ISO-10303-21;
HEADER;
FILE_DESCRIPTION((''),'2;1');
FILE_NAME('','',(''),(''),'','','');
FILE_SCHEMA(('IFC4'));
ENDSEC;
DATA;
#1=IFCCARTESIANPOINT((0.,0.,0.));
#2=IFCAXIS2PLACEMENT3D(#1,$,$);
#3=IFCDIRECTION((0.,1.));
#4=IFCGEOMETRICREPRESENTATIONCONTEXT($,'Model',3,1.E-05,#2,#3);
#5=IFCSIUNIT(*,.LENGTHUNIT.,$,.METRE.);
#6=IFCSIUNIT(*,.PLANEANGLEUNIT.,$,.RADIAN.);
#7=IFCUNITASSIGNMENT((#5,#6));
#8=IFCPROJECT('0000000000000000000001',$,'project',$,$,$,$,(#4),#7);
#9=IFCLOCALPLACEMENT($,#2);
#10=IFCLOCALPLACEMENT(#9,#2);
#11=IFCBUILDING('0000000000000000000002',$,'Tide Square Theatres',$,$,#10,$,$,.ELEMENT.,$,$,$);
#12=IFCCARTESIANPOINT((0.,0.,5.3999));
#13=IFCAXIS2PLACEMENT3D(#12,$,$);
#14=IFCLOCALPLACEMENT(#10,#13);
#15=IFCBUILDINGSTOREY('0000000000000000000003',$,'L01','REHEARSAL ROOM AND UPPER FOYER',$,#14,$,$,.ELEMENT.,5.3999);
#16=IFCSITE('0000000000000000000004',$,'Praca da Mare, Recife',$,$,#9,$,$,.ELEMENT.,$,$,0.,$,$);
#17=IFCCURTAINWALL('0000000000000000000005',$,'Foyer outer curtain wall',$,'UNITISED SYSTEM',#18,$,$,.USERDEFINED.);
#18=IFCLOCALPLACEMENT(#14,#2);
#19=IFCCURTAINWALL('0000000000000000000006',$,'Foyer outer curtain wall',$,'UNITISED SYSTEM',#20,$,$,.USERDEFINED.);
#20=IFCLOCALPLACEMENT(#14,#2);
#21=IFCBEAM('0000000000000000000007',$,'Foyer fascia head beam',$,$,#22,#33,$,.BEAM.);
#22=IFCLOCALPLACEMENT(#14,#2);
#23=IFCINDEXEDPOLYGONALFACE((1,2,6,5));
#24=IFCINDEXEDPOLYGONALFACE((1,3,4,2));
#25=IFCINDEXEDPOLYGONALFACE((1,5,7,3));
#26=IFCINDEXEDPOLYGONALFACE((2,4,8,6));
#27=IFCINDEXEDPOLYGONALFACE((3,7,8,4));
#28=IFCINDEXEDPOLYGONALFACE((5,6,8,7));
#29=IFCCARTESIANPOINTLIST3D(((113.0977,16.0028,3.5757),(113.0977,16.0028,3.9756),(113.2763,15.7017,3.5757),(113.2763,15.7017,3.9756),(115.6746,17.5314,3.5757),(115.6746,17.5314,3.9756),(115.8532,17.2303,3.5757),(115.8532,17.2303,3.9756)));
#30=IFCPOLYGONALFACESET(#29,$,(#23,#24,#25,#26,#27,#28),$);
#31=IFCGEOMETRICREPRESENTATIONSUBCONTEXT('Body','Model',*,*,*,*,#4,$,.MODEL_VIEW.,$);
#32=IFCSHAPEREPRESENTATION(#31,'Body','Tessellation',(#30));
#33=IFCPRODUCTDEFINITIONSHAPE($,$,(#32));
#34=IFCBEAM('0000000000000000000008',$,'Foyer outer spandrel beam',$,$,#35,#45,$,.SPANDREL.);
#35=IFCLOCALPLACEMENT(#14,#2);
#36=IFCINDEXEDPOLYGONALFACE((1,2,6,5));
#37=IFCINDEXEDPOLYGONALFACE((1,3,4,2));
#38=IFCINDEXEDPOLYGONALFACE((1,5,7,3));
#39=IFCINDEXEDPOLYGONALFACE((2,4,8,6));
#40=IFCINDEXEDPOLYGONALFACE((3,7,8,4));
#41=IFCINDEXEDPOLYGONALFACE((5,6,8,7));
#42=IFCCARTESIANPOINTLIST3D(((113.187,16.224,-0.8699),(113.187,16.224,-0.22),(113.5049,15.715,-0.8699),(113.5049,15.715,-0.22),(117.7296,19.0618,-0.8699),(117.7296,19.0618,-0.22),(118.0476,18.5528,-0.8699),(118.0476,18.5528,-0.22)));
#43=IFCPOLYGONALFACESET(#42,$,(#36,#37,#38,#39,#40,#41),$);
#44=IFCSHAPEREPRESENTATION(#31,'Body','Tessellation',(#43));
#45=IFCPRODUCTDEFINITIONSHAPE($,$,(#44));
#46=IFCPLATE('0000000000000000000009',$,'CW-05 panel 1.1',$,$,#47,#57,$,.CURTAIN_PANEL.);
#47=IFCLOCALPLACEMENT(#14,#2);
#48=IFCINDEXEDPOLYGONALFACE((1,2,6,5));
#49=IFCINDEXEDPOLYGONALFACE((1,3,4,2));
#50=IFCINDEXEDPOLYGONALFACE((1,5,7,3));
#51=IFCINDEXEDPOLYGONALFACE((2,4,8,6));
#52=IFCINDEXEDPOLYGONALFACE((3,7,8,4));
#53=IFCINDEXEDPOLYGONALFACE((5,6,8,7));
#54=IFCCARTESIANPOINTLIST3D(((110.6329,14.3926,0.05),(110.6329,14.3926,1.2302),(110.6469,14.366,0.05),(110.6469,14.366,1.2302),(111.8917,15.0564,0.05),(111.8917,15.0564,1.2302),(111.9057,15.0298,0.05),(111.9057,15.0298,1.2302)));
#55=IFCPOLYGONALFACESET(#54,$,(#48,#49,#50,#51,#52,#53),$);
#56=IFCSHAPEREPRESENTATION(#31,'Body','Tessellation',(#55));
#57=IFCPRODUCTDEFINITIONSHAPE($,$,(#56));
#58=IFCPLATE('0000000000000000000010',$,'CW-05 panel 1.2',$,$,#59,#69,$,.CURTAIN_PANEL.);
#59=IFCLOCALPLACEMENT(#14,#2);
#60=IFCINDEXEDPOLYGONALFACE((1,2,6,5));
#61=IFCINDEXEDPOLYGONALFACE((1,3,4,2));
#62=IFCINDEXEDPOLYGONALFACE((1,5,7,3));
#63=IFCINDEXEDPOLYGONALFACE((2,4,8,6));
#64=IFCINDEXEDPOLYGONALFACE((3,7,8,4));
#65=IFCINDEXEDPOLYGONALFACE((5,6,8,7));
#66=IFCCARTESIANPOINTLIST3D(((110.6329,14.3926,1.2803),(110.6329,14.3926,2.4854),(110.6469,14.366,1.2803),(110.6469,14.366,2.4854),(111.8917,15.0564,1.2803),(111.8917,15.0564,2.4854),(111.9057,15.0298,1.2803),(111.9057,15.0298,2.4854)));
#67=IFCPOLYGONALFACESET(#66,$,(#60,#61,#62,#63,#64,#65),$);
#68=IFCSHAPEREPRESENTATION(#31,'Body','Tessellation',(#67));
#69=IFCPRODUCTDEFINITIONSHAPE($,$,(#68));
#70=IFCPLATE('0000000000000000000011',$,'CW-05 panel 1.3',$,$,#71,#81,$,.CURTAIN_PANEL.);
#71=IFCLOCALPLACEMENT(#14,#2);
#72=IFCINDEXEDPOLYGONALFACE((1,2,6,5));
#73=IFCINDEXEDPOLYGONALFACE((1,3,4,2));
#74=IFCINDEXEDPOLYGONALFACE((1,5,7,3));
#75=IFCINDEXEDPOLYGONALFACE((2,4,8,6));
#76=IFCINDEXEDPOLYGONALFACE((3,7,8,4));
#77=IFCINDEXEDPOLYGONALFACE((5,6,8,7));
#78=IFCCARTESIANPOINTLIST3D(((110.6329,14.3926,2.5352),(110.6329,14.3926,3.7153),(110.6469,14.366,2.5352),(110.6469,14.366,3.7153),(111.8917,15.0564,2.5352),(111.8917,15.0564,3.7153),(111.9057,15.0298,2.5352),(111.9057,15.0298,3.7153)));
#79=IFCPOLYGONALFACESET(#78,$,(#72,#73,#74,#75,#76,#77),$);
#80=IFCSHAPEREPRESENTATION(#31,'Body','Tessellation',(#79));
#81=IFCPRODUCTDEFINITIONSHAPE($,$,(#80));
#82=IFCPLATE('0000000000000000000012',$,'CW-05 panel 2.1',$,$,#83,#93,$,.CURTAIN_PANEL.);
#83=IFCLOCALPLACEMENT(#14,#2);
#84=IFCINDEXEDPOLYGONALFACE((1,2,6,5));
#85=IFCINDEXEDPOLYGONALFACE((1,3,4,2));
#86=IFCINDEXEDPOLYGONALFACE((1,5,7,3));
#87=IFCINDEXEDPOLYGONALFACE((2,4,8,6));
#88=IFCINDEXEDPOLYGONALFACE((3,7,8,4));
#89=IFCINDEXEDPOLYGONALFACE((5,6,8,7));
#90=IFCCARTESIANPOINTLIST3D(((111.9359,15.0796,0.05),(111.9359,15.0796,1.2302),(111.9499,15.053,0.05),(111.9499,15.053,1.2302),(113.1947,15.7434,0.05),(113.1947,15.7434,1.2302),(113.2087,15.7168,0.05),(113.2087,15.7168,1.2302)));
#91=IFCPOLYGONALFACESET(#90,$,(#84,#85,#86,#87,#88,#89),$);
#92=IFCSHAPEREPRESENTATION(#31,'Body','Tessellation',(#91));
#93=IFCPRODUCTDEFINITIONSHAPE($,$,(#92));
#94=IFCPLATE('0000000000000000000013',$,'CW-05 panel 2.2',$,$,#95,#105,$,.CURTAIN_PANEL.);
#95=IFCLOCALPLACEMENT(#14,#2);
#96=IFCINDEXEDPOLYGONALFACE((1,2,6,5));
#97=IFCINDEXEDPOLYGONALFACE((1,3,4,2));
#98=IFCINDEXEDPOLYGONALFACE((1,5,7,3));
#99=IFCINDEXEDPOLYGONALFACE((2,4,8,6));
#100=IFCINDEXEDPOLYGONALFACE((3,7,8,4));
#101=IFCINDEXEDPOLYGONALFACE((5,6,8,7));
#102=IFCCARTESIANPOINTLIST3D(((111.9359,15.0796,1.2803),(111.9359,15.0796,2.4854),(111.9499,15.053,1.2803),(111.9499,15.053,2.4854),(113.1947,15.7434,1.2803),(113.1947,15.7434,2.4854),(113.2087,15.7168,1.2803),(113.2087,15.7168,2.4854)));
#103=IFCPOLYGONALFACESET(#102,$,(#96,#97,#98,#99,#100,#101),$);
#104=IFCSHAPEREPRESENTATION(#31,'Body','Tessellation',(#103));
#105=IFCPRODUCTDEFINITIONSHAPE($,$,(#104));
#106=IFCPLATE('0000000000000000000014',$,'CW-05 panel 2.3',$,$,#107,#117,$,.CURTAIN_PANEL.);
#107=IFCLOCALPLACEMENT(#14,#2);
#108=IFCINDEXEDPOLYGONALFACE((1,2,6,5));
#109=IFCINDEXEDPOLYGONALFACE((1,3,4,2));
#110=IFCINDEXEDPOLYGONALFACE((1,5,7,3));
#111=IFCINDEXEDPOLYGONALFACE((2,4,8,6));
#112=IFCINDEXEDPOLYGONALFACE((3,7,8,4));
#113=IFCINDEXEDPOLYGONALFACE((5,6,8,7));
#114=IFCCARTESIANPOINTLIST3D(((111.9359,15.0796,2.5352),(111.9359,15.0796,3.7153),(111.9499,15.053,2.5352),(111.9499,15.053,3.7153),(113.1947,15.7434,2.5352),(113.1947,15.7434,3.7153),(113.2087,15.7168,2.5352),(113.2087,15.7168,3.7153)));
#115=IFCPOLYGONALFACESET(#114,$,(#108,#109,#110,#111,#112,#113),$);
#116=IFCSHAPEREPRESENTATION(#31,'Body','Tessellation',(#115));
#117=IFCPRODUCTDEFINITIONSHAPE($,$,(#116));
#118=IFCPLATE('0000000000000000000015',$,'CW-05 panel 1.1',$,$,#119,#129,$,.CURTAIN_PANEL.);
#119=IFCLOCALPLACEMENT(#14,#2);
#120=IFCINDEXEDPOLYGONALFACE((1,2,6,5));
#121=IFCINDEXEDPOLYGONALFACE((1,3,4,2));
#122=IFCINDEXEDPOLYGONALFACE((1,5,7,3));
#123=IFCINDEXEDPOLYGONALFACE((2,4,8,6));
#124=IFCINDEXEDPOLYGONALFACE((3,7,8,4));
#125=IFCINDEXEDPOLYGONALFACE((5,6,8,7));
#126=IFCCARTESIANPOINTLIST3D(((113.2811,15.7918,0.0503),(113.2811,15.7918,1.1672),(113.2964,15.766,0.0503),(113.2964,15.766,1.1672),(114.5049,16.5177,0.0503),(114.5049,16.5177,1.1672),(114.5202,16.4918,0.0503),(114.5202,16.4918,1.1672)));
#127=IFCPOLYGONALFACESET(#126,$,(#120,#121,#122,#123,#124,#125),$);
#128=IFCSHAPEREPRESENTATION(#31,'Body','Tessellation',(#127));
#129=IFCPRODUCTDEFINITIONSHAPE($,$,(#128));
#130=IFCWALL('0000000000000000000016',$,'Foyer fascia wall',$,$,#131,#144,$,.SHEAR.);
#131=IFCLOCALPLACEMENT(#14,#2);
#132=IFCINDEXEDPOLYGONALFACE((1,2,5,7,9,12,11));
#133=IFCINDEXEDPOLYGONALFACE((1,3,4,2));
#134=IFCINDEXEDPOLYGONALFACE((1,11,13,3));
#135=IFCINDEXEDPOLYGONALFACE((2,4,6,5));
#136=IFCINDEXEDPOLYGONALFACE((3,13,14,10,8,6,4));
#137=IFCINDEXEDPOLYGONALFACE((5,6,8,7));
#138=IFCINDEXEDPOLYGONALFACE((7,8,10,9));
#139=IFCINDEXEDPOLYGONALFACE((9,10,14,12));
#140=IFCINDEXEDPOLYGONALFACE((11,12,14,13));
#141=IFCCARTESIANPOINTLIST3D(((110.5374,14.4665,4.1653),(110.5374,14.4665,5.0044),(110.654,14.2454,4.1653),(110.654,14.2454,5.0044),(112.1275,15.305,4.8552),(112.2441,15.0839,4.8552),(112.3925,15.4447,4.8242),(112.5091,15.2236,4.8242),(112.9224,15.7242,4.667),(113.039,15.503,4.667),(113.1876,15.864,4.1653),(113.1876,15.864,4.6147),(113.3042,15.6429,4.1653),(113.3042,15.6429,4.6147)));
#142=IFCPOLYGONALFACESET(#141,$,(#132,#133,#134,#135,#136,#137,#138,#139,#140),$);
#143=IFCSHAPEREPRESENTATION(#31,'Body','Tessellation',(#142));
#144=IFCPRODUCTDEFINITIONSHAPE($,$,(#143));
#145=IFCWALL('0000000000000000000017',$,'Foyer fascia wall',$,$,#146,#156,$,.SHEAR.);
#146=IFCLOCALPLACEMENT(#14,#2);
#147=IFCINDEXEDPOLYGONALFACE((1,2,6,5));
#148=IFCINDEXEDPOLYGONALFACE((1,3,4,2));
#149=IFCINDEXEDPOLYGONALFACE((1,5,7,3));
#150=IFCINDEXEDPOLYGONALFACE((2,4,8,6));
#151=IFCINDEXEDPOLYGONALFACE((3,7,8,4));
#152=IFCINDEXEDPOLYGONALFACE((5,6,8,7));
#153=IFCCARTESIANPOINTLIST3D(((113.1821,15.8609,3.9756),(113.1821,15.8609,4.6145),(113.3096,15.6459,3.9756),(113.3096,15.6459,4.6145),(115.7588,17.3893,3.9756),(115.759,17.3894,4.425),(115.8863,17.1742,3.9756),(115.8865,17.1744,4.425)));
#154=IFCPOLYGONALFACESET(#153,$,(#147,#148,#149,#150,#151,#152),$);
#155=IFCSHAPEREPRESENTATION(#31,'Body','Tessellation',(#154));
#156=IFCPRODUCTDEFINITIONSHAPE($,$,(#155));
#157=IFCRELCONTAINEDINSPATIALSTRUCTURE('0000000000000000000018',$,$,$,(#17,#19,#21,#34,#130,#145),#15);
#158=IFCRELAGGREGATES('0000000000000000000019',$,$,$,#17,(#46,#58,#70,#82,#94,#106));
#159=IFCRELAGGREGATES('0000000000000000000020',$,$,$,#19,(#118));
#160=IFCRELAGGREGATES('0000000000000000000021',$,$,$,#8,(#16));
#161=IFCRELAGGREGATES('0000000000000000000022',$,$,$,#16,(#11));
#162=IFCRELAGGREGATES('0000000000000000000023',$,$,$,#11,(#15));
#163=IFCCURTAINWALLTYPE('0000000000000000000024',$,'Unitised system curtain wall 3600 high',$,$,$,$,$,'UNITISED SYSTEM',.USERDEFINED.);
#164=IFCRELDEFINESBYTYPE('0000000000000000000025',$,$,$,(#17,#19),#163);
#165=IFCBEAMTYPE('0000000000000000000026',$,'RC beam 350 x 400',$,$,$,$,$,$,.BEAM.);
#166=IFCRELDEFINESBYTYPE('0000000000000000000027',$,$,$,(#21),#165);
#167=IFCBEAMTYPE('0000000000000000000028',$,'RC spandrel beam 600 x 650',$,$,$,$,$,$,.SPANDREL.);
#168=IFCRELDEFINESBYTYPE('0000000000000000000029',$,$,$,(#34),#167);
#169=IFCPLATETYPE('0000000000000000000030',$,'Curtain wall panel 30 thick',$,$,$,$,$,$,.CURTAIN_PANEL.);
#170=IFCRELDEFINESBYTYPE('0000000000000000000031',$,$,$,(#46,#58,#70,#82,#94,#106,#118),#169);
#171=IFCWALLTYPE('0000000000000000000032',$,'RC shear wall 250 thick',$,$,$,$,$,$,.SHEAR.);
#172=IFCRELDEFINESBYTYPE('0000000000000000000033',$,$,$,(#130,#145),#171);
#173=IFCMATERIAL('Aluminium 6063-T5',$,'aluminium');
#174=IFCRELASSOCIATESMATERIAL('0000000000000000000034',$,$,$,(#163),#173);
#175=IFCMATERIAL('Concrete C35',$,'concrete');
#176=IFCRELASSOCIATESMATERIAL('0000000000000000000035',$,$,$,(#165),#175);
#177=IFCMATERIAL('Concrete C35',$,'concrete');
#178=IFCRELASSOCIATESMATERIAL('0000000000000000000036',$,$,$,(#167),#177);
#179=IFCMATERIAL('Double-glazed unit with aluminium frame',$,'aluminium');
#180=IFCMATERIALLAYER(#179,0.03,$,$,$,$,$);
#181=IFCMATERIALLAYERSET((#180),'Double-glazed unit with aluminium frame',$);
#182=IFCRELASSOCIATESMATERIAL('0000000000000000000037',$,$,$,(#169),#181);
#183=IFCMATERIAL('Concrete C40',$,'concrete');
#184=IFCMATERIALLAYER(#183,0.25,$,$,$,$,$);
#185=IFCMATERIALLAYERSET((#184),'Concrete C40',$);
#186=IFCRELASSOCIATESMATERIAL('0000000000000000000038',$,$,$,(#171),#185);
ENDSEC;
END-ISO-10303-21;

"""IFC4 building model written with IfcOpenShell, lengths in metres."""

from ifc_helpers import new_model, si_unit, direction, frame, origin, origin_2d, place, context, subcontext, project, spatial, polyline, rectangle, outline, extrude, material, layer, layer_set, material_profile, profile_set, type_object, element, aggregate, save


model = new_model("IFC4")

# Units and contexts
model_context = context("Model", 3, precision=1e-05, world=origin(), true_north=direction((0.0, 1.0)))
body_context = subcontext(model_context, "Body", "Model", "MODEL_VIEW")
ifc_project = project(units=[si_unit("LENGTHUNIT", "METRE"), si_unit("PLANEANGLEUNIT", "RADIAN")], contexts=[model_context])

# Site, building, storey
site_placement = place(None, origin())
site = spatial("IfcSite", under=ifc_project, at=site_placement, Name="Praca da Mare, Recife", CompositionType="ELEMENT", RefElevation=0.0)
building_placement = place(site_placement, origin())
building = spatial("IfcBuilding", under=site, at=building_placement, Name="Tide Square Theatres", CompositionType="ELEMENT")
storey_placement = place(building_placement, frame((0.0, 0.0, 5.3999)))
storey = spatial("IfcBuildingStorey", under=building, at=storey_placement, Name="L01", Description="REHEARSAL ROOM AND UPPER FOYER", CompositionType="ELEMENT", Elevation=5.3999)

# Curtain wall
ifc_material_1 = material(Name="Aluminium 6063-T5", Category="aluminium")
curtain_wall_type = type_object("IfcCurtainWallType", Name="Unitised system curtain wall 3600 high", ElementType="UNITISED SYSTEM", PredefinedType="USERDEFINED", material=ifc_material_1)
curtain_wall_1_placement = place(storey_placement, origin())
curtain_wall_1 = element("IfcCurtainWall", 1, at=curtain_wall_1_placement, inside=storey, type_object=curtain_wall_type, Name="Foyer outer curtain wall", ObjectType="UNITISED SYSTEM", PredefinedType="USERDEFINED")

# Curtain wall
curtain_wall_2_placement = place(storey_placement, origin())
curtain_wall_2 = element("IfcCurtainWall", 2, at=curtain_wall_2_placement, inside=storey, type_object=curtain_wall_type, Name="Foyer outer curtain wall", ObjectType="UNITISED SYSTEM", PredefinedType="USERDEFINED")

# Beams
ifc_material_2 = material(Name="Concrete C35", Category="concrete")
ifc_material_profile_1 = material_profile(ifc_material_2, rectangle(XDim=0.3501, YDim=0.3999, at=origin_2d()))
ifc_profile_set_1 = profile_set([ifc_material_profile_1], Name="Concrete C35")
beam_type_1 = type_object("IfcBeamType", Name="RC beam 350 x 400", PredefinedType="BEAM", material=ifc_profile_set_1)
beam_1_placement = place(storey_placement, frame((113.187, 15.8523, 3.7756), z_axis=(0.86007, 0.510175, 0.0), x_axis=(-0.510175, 0.86007, 0.0)))
element("IfcBeam", 3, at=beam_1_placement, inside=storey, type_object=beam_type_1, Name="Foyer fascia head beam", PredefinedType="BEAM", context=body_context, shape_type="SweptSolid", body=[
    extrude(rectangle(XDim=0.3501, YDim=0.3999, at=origin_2d()), origin(), (0.0, 0.0, 1.0), 2.9961),
])
ifc_material_3 = material(Name="Concrete C35", Category="concrete")
ifc_material_profile_2 = material_profile(ifc_material_3, rectangle(XDim=0.6001, YDim=0.6499, at=origin_2d()))
ifc_profile_set_2 = profile_set([ifc_material_profile_2], Name="Concrete C35")
beam_type_2 = type_object("IfcBeamType", Name="RC spandrel beam 600 x 650", PredefinedType="SPANDREL", material=ifc_profile_set_2)
beam_2_placement = place(storey_placement, frame((113.3459, 15.9695, -0.5449), z_axis=(0.848108, 0.529823, 0.0), x_axis=(-0.529823, 0.848108, 0.0)))
element("IfcBeam", 4, at=beam_2_placement, inside=storey, type_object=beam_type_2, Name="Foyer outer spandrel beam", PredefinedType="SPANDREL", context=body_context, shape_type="SweptSolid", body=[
    extrude(rectangle(XDim=0.6001, YDim=0.6499, at=origin_2d()), origin(), (0.0, 0.0, 1.0), 5.3562),
])

# Plates
ifc_material_4 = material(Name="Double-glazed unit with aluminium frame", Category="aluminium")
ifc_layer_1 = layer(ifc_material_4, 0.03)
ifc_layer_set_1 = layer_set([ifc_layer_1], Name="Double-glazed unit with aluminium frame")
plate_type = type_object("IfcPlateType", Name="Curtain wall panel 30 thick", PredefinedType="CURTAIN_PANEL", material=ifc_layer_set_1)
plate_1_placement = place(storey_placement, frame((111.2693, 14.7112, 0.05), z_axis=(0.0, 0.0, 1.0), x_axis=(0.884545, 0.466455, 0.0)))
plate_1 = element("IfcPlate", 5, at=plate_1_placement, type_object=plate_type, Name="CW-05 panel 1.1", PredefinedType="CURTAIN_PANEL", context=body_context, shape_type="SweptSolid", body=[
    extrude(rectangle(XDim=1.4231, YDim=0.03, at=origin_2d()), origin(), (0.0, 0.0, 1.0), 1.1802),
])
plate_2_placement = place(storey_placement, frame((111.2693, 14.7112, 1.2803), z_axis=(0.0, 0.0, 1.0), x_axis=(0.884545, 0.466455, 0.0)))
plate_2 = element("IfcPlate", 6, at=plate_2_placement, type_object=plate_type, Name="CW-05 panel 1.2", PredefinedType="CURTAIN_PANEL", context=body_context, shape_type="SweptSolid", body=[
    extrude(rectangle(XDim=1.4231, YDim=0.03, at=origin_2d()), origin(), (0.0, 0.0, 1.0), 1.2051),
])
plate_3_placement = place(storey_placement, frame((111.2693, 14.7112, 2.5352), z_axis=(0.0, 0.0, 1.0), x_axis=(0.884545, 0.466455, 0.0)))
plate_3 = element("IfcPlate", 7, at=plate_3_placement, type_object=plate_type, Name="CW-05 panel 1.3", PredefinedType="CURTAIN_PANEL", context=body_context, shape_type="SweptSolid", body=[
    extrude(rectangle(XDim=1.4231, YDim=0.03, at=origin_2d()), origin(), (0.0, 0.0, 1.0), 1.1802),
])
plate_4_placement = place(storey_placement, frame((112.5723, 15.3982, 0.05), z_axis=(0.0, 0.0, 1.0), x_axis=(0.884545, 0.466455, 0.0)))
plate_4 = element("IfcPlate", 8, at=plate_4_placement, type_object=plate_type, Name="CW-05 panel 2.1", PredefinedType="CURTAIN_PANEL", context=body_context, shape_type="SweptSolid", body=[
    extrude(rectangle(XDim=1.4231, YDim=0.03, at=origin_2d()), origin(), (0.0, 0.0, 1.0), 1.1802),
])
plate_5_placement = place(storey_placement, frame((112.5723, 15.3982, 1.2803), z_axis=(0.0, 0.0, 1.0), x_axis=(0.884545, 0.466455, 0.0)))
plate_5 = element("IfcPlate", 9, at=plate_5_placement, type_object=plate_type, Name="CW-05 panel 2.2", PredefinedType="CURTAIN_PANEL", context=body_context, shape_type="SweptSolid", body=[
    extrude(rectangle(XDim=1.4231, YDim=0.03, at=origin_2d()), origin(), (0.0, 0.0, 1.0), 1.2051),
])
plate_6_placement = place(storey_placement, frame((112.5723, 15.3982, 2.5352), z_axis=(0.0, 0.0, 1.0), x_axis=(0.884545, 0.466455, 0.0)))
plate_6 = element("IfcPlate", 10, at=plate_6_placement, type_object=plate_type, Name="CW-05 panel 2.3", PredefinedType="CURTAIN_PANEL", context=body_context, shape_type="SweptSolid", body=[
    extrude(rectangle(XDim=1.4231, YDim=0.03, at=origin_2d()), origin(), (0.0, 0.0, 1.0), 1.1802),
])
aggregate(curtain_wall_1, [plate_1, plate_2, plate_3, plate_4, plate_5, plate_6])
plate_7_placement = place(storey_placement, frame((113.9006, 16.1418, 0.0503), z_axis=(0.0, 0.0, 1.0), x_axis=(0.8601, 0.510125, 0.0)))
plate_7 = element("IfcPlate", 11, at=plate_7_placement, type_object=plate_type, Name="CW-05 panel 1.1", PredefinedType="CURTAIN_PANEL", context=body_context, shape_type="SweptSolid", body=[
    extrude(rectangle(XDim=1.4229, YDim=0.03, at=origin_2d()), origin(), (0.0, 0.0, 1.0), 1.1169),
])
aggregate(curtain_wall_2, [plate_7])

# Walls
ifc_material_5 = material(Name="Concrete C40", Category="concrete")
ifc_layer_2 = layer(ifc_material_5, 0.25)
ifc_layer_set_2 = layer_set([ifc_layer_2], Name="Concrete C40")
wall_type = type_object("IfcWallType", Name="RC shear wall 250 thick", PredefinedType="SHEAR", material=ifc_layer_set_2)
wall_1_placement = place(storey_placement, frame((110.5957, 14.356, 4.1653), z_axis=(0.0, 0.0, 1.0), x_axis=(0.884554, 0.466438, 0.0)))
element("IfcWall", 12, at=wall_1_placement, inside=storey, type_object=wall_type, Name="Foyer fascia wall", PredefinedType="SHEAR", context=body_context, shape_type="SweptSolid", body=[
    extrude(outline(polyline([(0.0, 0.0), (2.9961, 0.0), (2.9961, 0.4495), (2.6963, 0.5017), (2.0972, 0.6589), (1.7976, 0.6899), (0.0, 0.8391), (0.0, 0.0)])), frame((0.0, 0.125, 0.0), z_axis=(0.0, -1.0, 0.0), x_axis=(1.0, 0.0, 0.0)), (0.0, 0.0, 1.0), 0.25),
])
wall_2_placement = place(storey_placement, frame((113.2458, 15.7534, 3.9756), z_axis=(0.0, 0.0, 1.0), x_axis=(0.860085, 0.510151, 0.0)))
element("IfcWall", 13, at=wall_2_placement, inside=storey, type_object=wall_type, Name="Foyer fascia wall", PredefinedType="SHEAR", context=body_context, shape_type="SweptSolid", body=[
    extrude(outline(polyline([(0.0, 0.0), (2.9958, 0.0), (2.9961, 0.4495), (0.0, 0.6389), (0.0, 0.0)])), frame((0.0, 0.125, 0.0), z_axis=(0.0, -1.0, 0.0), x_axis=(1.0, 0.0, 0.0)), (0.0, 0.0, 1.0), 0.25),
])

save(model, "model.ifc")
